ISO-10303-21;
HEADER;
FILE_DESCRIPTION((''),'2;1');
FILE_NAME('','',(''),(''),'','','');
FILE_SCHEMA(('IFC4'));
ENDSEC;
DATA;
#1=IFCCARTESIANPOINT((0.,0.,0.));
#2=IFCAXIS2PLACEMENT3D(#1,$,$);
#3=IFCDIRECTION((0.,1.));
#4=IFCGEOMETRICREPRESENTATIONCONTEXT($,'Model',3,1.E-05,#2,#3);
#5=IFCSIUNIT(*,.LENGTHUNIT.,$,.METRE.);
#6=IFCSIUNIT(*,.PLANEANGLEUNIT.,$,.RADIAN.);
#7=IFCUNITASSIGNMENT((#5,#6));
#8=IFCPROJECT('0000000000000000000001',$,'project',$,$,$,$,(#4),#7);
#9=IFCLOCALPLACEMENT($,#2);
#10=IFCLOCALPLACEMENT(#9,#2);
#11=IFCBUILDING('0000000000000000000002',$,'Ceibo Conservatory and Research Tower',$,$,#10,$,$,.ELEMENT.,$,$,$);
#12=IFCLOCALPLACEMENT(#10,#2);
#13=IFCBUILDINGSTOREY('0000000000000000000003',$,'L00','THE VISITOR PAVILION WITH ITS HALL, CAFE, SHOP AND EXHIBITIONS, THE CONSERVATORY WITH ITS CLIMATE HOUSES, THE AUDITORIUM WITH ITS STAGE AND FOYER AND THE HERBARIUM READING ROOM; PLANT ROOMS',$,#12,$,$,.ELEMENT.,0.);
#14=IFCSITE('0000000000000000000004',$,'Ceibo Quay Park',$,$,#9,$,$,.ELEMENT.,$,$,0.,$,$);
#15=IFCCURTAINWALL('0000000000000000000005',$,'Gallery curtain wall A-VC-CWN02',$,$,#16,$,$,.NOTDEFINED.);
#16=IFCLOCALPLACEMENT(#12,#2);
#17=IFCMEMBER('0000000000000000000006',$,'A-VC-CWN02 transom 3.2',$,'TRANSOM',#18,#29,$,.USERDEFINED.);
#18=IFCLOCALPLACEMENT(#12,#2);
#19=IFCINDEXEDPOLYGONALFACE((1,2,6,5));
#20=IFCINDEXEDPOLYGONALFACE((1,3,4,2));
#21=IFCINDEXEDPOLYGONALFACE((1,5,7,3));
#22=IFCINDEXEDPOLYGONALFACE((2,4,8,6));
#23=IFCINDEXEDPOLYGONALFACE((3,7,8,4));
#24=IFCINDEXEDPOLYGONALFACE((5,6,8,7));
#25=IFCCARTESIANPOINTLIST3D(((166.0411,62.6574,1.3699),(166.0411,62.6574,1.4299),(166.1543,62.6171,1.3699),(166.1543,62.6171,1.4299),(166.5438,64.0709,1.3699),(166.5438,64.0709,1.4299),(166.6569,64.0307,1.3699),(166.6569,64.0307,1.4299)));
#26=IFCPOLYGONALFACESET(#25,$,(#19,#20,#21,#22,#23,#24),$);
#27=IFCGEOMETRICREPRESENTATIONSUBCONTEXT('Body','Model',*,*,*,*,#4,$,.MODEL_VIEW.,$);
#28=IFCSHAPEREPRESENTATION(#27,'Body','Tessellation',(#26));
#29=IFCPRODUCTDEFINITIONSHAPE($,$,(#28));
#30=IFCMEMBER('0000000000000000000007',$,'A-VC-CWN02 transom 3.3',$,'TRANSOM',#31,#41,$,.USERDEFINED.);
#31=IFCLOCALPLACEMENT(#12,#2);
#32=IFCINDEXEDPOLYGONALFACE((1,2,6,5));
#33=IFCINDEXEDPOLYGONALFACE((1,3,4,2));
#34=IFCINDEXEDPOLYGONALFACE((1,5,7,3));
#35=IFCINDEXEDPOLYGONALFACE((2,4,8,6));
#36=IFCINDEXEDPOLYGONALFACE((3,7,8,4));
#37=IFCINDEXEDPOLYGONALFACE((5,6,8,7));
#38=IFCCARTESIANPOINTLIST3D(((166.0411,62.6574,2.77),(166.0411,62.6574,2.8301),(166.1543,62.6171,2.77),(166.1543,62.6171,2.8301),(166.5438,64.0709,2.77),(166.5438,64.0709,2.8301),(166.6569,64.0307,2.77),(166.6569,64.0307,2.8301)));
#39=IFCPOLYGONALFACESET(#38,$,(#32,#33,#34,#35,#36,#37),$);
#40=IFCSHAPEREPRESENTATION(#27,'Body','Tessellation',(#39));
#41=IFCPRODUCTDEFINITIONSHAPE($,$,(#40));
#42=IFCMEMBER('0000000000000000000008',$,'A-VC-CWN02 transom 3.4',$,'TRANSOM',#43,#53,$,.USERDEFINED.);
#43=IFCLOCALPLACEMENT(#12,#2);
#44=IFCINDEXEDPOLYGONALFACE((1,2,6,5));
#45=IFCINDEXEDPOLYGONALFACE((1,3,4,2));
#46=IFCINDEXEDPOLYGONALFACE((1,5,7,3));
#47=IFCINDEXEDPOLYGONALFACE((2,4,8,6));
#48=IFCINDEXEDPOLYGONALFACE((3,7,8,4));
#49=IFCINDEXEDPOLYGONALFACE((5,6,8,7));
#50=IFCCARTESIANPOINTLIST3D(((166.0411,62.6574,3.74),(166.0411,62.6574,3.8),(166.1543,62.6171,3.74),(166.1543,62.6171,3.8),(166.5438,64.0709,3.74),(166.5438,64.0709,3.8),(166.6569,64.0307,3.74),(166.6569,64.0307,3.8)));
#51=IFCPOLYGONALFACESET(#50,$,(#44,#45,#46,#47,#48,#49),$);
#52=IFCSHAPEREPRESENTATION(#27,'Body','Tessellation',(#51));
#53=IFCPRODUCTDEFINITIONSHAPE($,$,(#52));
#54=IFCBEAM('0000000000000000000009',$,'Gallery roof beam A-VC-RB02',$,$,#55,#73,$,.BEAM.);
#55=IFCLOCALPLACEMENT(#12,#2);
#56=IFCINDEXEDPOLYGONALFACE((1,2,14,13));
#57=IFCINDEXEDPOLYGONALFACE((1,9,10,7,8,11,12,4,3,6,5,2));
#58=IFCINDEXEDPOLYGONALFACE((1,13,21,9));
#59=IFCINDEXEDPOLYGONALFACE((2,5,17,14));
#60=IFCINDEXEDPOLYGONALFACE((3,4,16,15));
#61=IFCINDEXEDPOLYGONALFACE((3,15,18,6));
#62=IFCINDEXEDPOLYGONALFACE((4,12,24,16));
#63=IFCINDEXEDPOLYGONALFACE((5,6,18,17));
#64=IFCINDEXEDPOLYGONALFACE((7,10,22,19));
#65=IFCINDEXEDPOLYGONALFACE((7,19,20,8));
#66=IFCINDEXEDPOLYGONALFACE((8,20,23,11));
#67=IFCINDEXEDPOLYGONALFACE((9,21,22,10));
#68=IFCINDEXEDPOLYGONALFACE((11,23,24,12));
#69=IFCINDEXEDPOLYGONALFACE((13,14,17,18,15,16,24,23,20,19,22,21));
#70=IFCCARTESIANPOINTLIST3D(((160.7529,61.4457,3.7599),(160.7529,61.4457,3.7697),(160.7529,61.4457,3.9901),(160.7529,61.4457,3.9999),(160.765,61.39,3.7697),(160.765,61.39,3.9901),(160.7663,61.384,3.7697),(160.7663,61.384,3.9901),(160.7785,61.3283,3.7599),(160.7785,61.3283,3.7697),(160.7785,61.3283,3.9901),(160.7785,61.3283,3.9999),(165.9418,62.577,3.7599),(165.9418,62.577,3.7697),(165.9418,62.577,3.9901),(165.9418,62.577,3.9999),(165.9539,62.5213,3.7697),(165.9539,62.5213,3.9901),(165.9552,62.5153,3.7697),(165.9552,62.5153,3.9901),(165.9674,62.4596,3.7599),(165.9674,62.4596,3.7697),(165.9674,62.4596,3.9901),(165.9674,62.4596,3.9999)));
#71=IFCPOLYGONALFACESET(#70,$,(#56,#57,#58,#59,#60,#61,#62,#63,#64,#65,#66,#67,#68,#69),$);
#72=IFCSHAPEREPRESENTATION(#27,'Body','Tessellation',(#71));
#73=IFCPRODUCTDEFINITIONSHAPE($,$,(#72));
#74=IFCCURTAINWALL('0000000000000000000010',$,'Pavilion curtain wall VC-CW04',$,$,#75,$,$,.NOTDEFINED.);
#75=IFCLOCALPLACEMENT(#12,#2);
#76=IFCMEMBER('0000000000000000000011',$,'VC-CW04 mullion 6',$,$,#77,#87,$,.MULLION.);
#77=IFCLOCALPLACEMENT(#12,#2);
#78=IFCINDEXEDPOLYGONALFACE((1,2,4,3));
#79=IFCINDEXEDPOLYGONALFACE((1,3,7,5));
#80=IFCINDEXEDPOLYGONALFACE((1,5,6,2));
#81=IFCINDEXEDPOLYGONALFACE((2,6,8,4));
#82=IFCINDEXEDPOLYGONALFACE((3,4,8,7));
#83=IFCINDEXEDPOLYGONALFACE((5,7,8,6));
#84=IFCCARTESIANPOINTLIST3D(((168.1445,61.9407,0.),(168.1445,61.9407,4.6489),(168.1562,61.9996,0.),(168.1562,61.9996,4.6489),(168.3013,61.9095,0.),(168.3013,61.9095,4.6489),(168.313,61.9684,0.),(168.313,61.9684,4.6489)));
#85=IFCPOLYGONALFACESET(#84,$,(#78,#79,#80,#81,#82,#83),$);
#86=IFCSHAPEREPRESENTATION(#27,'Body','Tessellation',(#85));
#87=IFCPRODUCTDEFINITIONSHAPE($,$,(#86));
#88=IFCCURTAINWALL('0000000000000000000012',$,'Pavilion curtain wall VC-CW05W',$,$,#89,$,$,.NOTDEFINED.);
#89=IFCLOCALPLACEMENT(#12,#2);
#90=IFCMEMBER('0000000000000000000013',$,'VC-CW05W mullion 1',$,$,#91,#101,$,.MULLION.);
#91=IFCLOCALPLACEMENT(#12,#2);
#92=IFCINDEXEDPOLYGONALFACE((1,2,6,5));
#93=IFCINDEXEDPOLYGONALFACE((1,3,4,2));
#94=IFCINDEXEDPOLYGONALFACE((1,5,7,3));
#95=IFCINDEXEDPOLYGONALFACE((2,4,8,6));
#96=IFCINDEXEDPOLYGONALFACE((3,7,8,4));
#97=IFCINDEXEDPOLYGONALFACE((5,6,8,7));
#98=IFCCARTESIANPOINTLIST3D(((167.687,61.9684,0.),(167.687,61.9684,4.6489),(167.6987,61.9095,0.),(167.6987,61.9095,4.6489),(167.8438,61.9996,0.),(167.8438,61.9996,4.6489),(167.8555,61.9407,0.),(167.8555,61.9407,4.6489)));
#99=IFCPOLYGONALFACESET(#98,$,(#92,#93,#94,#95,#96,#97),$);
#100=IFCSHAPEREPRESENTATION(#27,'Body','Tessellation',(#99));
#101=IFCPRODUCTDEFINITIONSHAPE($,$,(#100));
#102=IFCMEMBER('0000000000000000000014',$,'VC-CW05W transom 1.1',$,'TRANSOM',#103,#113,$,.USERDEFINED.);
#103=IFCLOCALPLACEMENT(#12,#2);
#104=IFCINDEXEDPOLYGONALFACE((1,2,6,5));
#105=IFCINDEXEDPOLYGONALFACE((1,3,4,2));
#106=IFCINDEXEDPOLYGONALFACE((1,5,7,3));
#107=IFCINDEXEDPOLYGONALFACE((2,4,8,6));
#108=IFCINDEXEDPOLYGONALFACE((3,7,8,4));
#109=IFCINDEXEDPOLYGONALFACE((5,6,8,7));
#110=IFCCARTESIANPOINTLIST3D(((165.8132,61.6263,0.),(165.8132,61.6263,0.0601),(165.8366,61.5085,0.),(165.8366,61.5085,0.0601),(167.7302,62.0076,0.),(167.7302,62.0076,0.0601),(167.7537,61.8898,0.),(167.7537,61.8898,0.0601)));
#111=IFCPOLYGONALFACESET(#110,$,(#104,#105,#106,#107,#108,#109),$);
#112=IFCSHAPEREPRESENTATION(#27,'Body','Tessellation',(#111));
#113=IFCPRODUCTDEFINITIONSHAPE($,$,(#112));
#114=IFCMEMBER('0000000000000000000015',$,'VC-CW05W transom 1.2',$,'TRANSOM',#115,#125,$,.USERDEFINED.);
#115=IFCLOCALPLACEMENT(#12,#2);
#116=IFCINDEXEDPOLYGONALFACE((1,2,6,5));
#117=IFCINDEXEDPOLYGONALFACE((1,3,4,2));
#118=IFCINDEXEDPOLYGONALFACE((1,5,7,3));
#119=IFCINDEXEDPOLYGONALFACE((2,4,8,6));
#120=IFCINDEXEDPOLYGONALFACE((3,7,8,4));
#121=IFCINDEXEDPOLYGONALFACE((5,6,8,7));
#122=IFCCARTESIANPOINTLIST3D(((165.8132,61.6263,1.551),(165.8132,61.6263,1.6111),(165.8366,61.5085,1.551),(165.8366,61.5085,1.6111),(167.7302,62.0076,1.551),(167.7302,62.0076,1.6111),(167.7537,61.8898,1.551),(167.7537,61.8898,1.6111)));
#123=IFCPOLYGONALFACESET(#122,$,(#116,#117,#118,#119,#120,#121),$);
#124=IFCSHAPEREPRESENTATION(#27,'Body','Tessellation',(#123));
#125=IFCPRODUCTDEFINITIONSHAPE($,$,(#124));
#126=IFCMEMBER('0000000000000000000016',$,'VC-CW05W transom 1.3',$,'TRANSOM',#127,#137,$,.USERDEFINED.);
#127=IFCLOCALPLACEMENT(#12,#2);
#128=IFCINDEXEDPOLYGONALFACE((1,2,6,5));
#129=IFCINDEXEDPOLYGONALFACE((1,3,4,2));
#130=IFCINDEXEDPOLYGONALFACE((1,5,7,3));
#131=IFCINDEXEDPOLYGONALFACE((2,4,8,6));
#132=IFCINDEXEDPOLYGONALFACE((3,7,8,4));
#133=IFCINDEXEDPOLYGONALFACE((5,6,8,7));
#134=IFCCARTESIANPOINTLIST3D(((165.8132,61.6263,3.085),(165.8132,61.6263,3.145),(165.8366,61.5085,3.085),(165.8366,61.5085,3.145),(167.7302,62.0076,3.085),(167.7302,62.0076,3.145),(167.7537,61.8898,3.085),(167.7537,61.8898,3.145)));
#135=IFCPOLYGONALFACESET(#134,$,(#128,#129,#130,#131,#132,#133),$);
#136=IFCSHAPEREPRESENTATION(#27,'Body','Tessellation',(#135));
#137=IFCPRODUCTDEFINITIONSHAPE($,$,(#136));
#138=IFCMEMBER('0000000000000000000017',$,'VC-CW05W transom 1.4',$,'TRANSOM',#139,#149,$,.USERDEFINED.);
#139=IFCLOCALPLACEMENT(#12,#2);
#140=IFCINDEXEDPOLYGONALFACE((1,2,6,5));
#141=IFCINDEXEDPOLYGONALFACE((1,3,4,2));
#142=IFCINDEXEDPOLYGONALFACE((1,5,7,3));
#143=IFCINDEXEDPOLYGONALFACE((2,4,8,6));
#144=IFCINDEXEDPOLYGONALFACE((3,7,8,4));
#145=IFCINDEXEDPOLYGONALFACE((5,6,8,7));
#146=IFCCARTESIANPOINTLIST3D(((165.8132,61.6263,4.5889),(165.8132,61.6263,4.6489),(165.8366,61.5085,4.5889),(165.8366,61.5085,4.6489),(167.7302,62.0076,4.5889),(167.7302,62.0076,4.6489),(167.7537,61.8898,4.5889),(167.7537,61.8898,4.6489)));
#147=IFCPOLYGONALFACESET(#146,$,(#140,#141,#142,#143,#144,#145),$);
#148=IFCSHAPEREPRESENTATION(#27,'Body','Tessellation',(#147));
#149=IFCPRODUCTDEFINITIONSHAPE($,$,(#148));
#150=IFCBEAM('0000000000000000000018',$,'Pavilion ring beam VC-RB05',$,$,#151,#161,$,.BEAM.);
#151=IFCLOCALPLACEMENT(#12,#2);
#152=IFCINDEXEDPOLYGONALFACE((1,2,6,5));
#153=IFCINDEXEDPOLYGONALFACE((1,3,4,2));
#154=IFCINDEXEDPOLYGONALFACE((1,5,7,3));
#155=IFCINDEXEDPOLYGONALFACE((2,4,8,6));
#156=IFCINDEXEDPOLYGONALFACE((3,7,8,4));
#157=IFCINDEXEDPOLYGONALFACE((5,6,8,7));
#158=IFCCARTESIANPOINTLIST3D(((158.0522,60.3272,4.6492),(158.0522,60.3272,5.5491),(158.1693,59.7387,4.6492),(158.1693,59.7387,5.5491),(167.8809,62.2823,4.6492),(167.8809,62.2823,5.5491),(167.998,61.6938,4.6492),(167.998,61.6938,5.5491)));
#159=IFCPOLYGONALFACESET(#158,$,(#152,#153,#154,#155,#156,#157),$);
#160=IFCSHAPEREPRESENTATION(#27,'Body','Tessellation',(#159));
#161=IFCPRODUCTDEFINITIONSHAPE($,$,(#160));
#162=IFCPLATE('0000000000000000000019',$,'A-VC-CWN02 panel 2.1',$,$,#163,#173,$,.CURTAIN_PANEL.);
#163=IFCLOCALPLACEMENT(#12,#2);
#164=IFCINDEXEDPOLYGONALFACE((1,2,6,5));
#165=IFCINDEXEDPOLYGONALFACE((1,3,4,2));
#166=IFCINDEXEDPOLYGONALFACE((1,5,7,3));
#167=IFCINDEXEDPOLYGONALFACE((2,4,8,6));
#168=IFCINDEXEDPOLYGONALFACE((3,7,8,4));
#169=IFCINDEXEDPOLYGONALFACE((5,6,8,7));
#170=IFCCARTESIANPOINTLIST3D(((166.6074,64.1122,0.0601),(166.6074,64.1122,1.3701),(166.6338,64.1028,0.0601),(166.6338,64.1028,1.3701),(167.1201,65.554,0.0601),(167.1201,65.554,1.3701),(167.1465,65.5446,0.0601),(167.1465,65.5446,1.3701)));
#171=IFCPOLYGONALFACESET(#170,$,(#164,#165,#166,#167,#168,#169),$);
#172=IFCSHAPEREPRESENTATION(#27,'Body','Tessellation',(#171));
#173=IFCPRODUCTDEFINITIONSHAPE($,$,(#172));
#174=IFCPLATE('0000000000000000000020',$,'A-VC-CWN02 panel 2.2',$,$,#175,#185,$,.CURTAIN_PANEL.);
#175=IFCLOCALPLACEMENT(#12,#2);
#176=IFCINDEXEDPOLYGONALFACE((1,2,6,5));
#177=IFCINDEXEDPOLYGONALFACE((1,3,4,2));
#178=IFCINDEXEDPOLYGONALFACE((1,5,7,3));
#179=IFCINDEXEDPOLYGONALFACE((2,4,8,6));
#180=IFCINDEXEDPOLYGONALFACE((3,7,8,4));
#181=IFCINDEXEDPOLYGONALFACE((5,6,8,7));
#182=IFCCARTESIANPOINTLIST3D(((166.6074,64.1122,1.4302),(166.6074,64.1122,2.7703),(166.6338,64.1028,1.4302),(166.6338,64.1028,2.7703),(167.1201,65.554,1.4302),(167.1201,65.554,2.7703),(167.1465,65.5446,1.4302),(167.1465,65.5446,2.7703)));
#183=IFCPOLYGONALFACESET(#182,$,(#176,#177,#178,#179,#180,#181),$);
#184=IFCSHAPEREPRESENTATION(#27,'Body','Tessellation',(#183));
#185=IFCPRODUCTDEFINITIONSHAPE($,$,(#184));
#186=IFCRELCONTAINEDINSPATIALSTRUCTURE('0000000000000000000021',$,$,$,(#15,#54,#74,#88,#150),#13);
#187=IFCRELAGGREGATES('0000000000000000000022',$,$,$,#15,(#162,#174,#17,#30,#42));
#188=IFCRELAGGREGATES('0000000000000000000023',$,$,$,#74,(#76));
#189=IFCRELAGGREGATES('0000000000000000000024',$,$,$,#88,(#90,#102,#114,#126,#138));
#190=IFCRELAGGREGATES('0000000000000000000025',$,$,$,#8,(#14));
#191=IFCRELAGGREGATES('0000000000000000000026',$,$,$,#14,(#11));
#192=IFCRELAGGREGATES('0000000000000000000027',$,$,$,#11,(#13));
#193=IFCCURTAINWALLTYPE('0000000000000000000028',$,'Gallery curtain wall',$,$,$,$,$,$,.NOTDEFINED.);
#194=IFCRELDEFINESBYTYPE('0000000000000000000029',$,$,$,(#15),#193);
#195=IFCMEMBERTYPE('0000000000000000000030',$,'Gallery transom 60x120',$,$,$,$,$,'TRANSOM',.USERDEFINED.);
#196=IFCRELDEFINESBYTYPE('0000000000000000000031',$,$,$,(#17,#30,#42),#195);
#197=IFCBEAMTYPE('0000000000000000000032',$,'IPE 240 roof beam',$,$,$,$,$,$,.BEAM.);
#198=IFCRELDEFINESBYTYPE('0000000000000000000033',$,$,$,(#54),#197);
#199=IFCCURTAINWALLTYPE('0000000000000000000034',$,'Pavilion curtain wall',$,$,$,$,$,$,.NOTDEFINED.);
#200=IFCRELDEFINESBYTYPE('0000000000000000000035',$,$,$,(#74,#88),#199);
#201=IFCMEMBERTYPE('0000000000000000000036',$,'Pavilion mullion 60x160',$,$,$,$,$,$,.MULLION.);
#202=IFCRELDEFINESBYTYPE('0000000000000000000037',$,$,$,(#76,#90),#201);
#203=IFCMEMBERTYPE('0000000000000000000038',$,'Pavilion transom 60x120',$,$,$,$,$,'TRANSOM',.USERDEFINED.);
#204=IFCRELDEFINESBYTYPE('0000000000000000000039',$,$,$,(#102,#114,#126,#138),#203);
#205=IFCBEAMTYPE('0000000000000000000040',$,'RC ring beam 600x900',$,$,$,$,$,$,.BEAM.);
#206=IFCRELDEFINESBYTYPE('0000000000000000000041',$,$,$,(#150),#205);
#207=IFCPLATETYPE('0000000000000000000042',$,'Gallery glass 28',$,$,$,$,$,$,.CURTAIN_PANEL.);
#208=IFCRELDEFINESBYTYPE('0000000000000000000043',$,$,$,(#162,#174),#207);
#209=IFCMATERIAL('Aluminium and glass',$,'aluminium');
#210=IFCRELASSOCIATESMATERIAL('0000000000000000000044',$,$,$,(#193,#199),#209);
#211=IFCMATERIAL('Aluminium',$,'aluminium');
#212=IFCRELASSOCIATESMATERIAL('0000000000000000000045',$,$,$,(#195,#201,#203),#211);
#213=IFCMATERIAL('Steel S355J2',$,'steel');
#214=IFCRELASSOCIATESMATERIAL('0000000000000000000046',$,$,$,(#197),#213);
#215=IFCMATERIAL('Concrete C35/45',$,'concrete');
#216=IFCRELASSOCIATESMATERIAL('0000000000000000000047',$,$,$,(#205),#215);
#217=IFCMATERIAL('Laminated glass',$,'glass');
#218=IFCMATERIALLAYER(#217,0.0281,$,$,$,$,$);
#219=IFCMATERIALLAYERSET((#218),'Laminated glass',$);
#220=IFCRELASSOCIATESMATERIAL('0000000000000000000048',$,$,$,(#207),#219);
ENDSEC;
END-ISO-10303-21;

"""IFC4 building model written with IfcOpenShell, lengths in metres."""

from ifc_helpers import new_model, si_unit, direction, frame, origin, origin_2d, place, context, subcontext, project, spatial, rectangle, i_section, extrude, material, layer, layer_set, material_profile, profile_set, type_object, element, aggregate, save


model = new_model("IFC4")

# Units and contexts
model_context = context("Model", 3, precision=1e-05, world=origin(), true_north=direction((0.0, 1.0)))
body_context = subcontext(model_context, "Body", "Model", "MODEL_VIEW")
ifc_project = project(units=[si_unit("LENGTHUNIT", "METRE"), si_unit("PLANEANGLEUNIT", "RADIAN")], contexts=[model_context])

# Site, building, storey
site_placement = place(None, origin())
site = spatial("IfcSite", under=ifc_project, at=site_placement, Name="Ceibo Quay Park", CompositionType="ELEMENT", RefElevation=0.0)
building_placement = place(site_placement, origin())
building = spatial("IfcBuilding", under=site, at=building_placement, Name="Ceibo Conservatory and Research Tower", CompositionType="ELEMENT")
storey_placement = place(building_placement, origin())
storey = spatial("IfcBuildingStorey", under=building, at=storey_placement, Name="L00", Description="THE VISITOR PAVILION WITH ITS HALL, CAFE, SHOP AND EXHIBITIONS, THE CONSERVATORY WITH ITS CLIMATE HOUSES, THE AUDITORIUM WITH ITS STAGE AND FOYER AND THE HERBARIUM READING ROOM; PLANT ROOMS", CompositionType="ELEMENT", Elevation=0.0)

# Shared definitions
ifc_material_1 = material(Name="Concrete C35/45", Category="concrete")

# Curtain wall, members
ifc_material_2 = material(Name="Aluminium and glass", Category="aluminium")
curtain_wall_type_1 = type_object("IfcCurtainWallType", Name="Gallery curtain wall", PredefinedType="NOTDEFINED", material=ifc_material_2)
curtain_wall_1_placement = place(storey_placement, origin())
curtain_wall_1 = element("IfcCurtainWall", 1, at=curtain_wall_1_placement, inside=storey, type_object=curtain_wall_type_1, Name="Gallery curtain wall A-VC-CWN02", PredefinedType="NOTDEFINED")
ifc_material_3 = material(Name="Aluminium", Category="aluminium")
ifc_material_profile_1 = material_profile(ifc_material_3, rectangle(XDim=0.1201, YDim=0.0601, at=origin_2d()), Name="AL 60x120")
ifc_profile_set_1 = profile_set([ifc_material_profile_1], Name="Aluminium")
member_type_1 = type_object("IfcMemberType", Name="Gallery transom 60x120", ElementType="TRANSOM", PredefinedType="USERDEFINED", material=ifc_profile_set_1)
member_1_placement = place(storey_placement, frame((166.6003, 64.0508, 1.3999), z_axis=(-0.335058, -0.942198, 0.0), x_axis=(0.942198, -0.335058, 0.0)))
member_1 = element("IfcMember", 2, at=member_1_placement, type_object=member_type_1, Name="A-VC-CWN02 transom 3.2", ObjectType="TRANSOM", PredefinedType="USERDEFINED", context=body_context, shape_type="SweptSolid", body=[
    extrude(rectangle(XDim=0.1201, YDim=0.0601, at=origin_2d()), origin(), (0.0, 0.0, 1.0), 1.5002),
])
member_2_placement = place(storey_placement, frame((166.6003, 64.0508, 2.8), z_axis=(-0.335058, -0.942198, 0.0), x_axis=(0.942198, -0.335058, 0.0)))
member_2 = element("IfcMember", 3, at=member_2_placement, type_object=member_type_1, Name="A-VC-CWN02 transom 3.3", ObjectType="TRANSOM", PredefinedType="USERDEFINED", context=body_context, shape_type="SweptSolid", body=[
    extrude(rectangle(XDim=0.1201, YDim=0.0601, at=origin_2d()), origin(), (0.0, 0.0, 1.0), 1.5002),
])
member_3_placement = place(storey_placement, frame((166.6003, 64.0508, 3.77), z_axis=(-0.335058, -0.942198, 0.0), x_axis=(0.942198, -0.335058, 0.0)))
member_3 = element("IfcMember", 4, at=member_3_placement, type_object=member_type_1, Name="A-VC-CWN02 transom 3.4", ObjectType="TRANSOM", PredefinedType="USERDEFINED", context=body_context, shape_type="SweptSolid", body=[
    extrude(rectangle(XDim=0.1201, YDim=0.0601, at=origin_2d()), origin(), (0.0, 0.0, 1.0), 1.5002),
])

# Beam
ifc_material_4 = material(Name="Steel S355J2", Category="steel")
ifc_material_profile_2 = material_profile(ifc_material_4, i_section(OverallWidth=0.1201, OverallDepth=0.24, WebThickness=0.0061, FlangeThickness=0.0098, at=origin_2d()), Name="IPE 240")
ifc_profile_set_2 = profile_set([ifc_material_profile_2], Name="Steel S355J2")
beam_type_1 = type_object("IfcBeamType", Name="IPE 240 roof beam", PredefinedType="BEAM", material=ifc_profile_set_2)
beam_1_placement = place(storey_placement, frame((165.9546, 62.5183, 3.8799), z_axis=(-0.977047, -0.213025, 0.0), x_axis=(0.213025, -0.977047, 0.0)))
element("IfcBeam", 5, at=beam_1_placement, inside=storey, type_object=beam_type_1, Name="Gallery roof beam A-VC-RB02", PredefinedType="BEAM", context=body_context, shape_type="SweptSolid", body=[
    extrude(i_section(OverallWidth=0.1201, OverallDepth=0.24, WebThickness=0.0061, FlangeThickness=0.0098, at=origin_2d()), origin(), (0.0, 0.0, 1.0), 5.3108),
])

# Curtain wall, member
curtain_wall_type_2 = type_object("IfcCurtainWallType", Name="Pavilion curtain wall", PredefinedType="NOTDEFINED", material=ifc_material_2)
curtain_wall_2_placement = place(storey_placement, origin())
curtain_wall_2 = element("IfcCurtainWall", 6, at=curtain_wall_2_placement, inside=storey, type_object=curtain_wall_type_2, Name="Pavilion curtain wall VC-CW04", PredefinedType="NOTDEFINED")
ifc_material_profile_3 = material_profile(ifc_material_3, rectangle(XDim=0.0601, YDim=0.1599, at=origin_2d()), Name="AL 60x160")
ifc_profile_set_3 = profile_set([ifc_material_profile_3], Name="Aluminium")
member_type_2 = type_object("IfcMemberType", Name="Pavilion mullion 60x160", PredefinedType="MULLION", material=ifc_profile_set_3)
member_4_placement = place(storey_placement, frame((168.2288, 61.9546, 0.0), z_axis=(0.0, 0.0, 1.0), x_axis=(-0.19509, -0.980785, 0.0)))
member_4 = element("IfcMember", 7, at=member_4_placement, type_object=member_type_2, Name="VC-CW04 mullion 6", PredefinedType="MULLION", context=body_context, shape_type="SweptSolid", body=[
    extrude(rectangle(XDim=0.0601, YDim=0.1599, at=origin_2d()), origin(), (0.0, 0.0, 1.0), 4.6489),
])

# Curtain wall, members
curtain_wall_3_placement = place(storey_placement, origin())
curtain_wall_3 = element("IfcCurtainWall", 8, at=curtain_wall_3_placement, inside=storey, type_object=curtain_wall_type_2, Name="Pavilion curtain wall VC-CW05W", PredefinedType="NOTDEFINED")
member_5_placement = place(storey_placement, frame((167.7712, 61.9546, 0.0), z_axis=(0.0, 0.0, 1.0), x_axis=(0.19509, -0.980785, 0.0)))
member_5 = element("IfcMember", 9, at=member_5_placement, type_object=member_type_2, Name="VC-CW05W mullion 1", PredefinedType="MULLION", context=body_context, shape_type="SweptSolid", body=[
    extrude(rectangle(XDim=0.0601, YDim=0.1599, at=origin_2d()), origin(), (0.0, 0.0, 1.0), 4.6489),
])
ifc_material_profile_4 = material_profile(ifc_material_3, rectangle(XDim=0.1201, YDim=0.0601, at=origin_2d()), Name="AL 60x120")
ifc_profile_set_4 = profile_set([ifc_material_profile_4], Name="Aluminium")
member_type_3 = type_object("IfcMemberType", Name="Pavilion transom 60x120", ElementType="TRANSOM", PredefinedType="USERDEFINED", material=ifc_profile_set_4)
member_6_placement = place(storey_placement, frame((167.7419, 61.9487, 0.03), z_axis=(-0.980782, -0.195107, 0.0), x_axis=(0.195107, -0.980782, 0.0)))
member_6 = element("IfcMember", 10, at=member_6_placement, type_object=member_type_3, Name="VC-CW05W transom 1.1", ObjectType="TRANSOM", PredefinedType="USERDEFINED", context=body_context, shape_type="SweptSolid", body=[
    extrude(rectangle(XDim=0.1201, YDim=0.0601, at=origin_2d()), origin(), (0.0, 0.0, 1.0), 1.9546),
])
member_7_placement = place(storey_placement, frame((167.7419, 61.9487, 1.5811), z_axis=(-0.980782, -0.195107, 0.0), x_axis=(0.195107, -0.980782, 0.0)))
member_7 = element("IfcMember", 11, at=member_7_placement, type_object=member_type_3, Name="VC-CW05W transom 1.2", ObjectType="TRANSOM", PredefinedType="USERDEFINED", context=body_context, shape_type="SweptSolid", body=[
    extrude(rectangle(XDim=0.1201, YDim=0.0601, at=origin_2d()), origin(), (0.0, 0.0, 1.0), 1.9546),
])
member_8_placement = place(storey_placement, frame((167.7419, 61.9487, 3.115), z_axis=(-0.980782, -0.195107, 0.0), x_axis=(0.195107, -0.980782, 0.0)))
member_8 = element("IfcMember", 12, at=member_8_placement, type_object=member_type_3, Name="VC-CW05W transom 1.3", ObjectType="TRANSOM", PredefinedType="USERDEFINED", context=body_context, shape_type="SweptSolid", body=[
    extrude(rectangle(XDim=0.1201, YDim=0.0601, at=origin_2d()), origin(), (0.0, 0.0, 1.0), 1.9546),
])
member_9_placement = place(storey_placement, frame((167.7419, 61.9487, 4.6189), z_axis=(-0.980782, -0.195107, 0.0), x_axis=(0.195107, -0.980782, 0.0)))
member_9 = element("IfcMember", 13, at=member_9_placement, type_object=member_type_3, Name="VC-CW05W transom 1.4", ObjectType="TRANSOM", PredefinedType="USERDEFINED", context=body_context, shape_type="SweptSolid", body=[
    extrude(rectangle(XDim=0.1201, YDim=0.0601, at=origin_2d()), origin(), (0.0, 0.0, 1.0), 1.9546),
])

# Beam
ifc_material_profile_5 = material_profile(ifc_material_1, rectangle(XDim=0.6001, YDim=0.8999, at=origin_2d()), Name="RC 600x900")
ifc_profile_set_5 = profile_set([ifc_material_profile_5], Name="Concrete C35/45")
beam_type_2 = type_object("IfcBeamType", Name="RC ring beam 600x900", PredefinedType="BEAM", material=ifc_profile_set_5)
beam_2_placement = place(storey_placement, frame((167.9395, 61.988, 5.0991), z_axis=(-0.980784, -0.195095, 0.0), x_axis=(0.195095, -0.980784, 0.0)))
element("IfcBeam", 14, at=beam_2_placement, inside=storey, type_object=beam_type_2, Name="Pavilion ring beam VC-RB05", PredefinedType="BEAM", context=body_context, shape_type="SweptSolid", body=[
    extrude(rectangle(XDim=0.6001, YDim=0.8999, at=origin_2d()), origin(), (0.0, 0.0, 1.0), 10.0212),
])

# Plates
ifc_material_5 = material(Name="Laminated glass", Category="glass")
ifc_layer_1 = layer(ifc_material_5, 0.0281)
ifc_layer_set_1 = layer_set([ifc_layer_1], Name="Laminated glass")
plate_type_1 = type_object("IfcPlateType", Name="Gallery glass 28", PredefinedType="CURTAIN_PANEL", material=ifc_layer_set_1)
plate_1_placement = place(storey_placement, frame((166.877, 64.8284, 0.0601), z_axis=(0.0, 0.0, 1.0), x_axis=(-0.33504, -0.942204, 0.0)))
plate_1 = element("IfcPlate", 15, at=plate_1_placement, type_object=plate_type_1, Name="A-VC-CWN02 panel 2.1", PredefinedType="CURTAIN_PANEL", context=body_context, shape_type="SweptSolid", body=[
    extrude(rectangle(XDim=1.5303, YDim=0.0281, at=origin_2d()), origin(), (0.0, 0.0, 1.0), 1.3101),
])
plate_2_placement = place(storey_placement, frame((166.877, 64.8284, 1.4302), z_axis=(0.0, 0.0, 1.0), x_axis=(-0.33504, -0.942204, 0.0)))
plate_2 = element("IfcPlate", 16, at=plate_2_placement, type_object=plate_type_1, Name="A-VC-CWN02 panel 2.2", PredefinedType="CURTAIN_PANEL", context=body_context, shape_type="SweptSolid", body=[
    extrude(rectangle(XDim=1.5303, YDim=0.0281, at=origin_2d()), origin(), (0.0, 0.0, 1.0), 1.3401),
])
aggregate(curtain_wall_1, [plate_1, plate_2, member_1, member_2, member_3])
aggregate(curtain_wall_2, [member_4])
aggregate(curtain_wall_3, [member_5, member_6, member_7, member_8, member_9])

save(model, "model.ifc")
